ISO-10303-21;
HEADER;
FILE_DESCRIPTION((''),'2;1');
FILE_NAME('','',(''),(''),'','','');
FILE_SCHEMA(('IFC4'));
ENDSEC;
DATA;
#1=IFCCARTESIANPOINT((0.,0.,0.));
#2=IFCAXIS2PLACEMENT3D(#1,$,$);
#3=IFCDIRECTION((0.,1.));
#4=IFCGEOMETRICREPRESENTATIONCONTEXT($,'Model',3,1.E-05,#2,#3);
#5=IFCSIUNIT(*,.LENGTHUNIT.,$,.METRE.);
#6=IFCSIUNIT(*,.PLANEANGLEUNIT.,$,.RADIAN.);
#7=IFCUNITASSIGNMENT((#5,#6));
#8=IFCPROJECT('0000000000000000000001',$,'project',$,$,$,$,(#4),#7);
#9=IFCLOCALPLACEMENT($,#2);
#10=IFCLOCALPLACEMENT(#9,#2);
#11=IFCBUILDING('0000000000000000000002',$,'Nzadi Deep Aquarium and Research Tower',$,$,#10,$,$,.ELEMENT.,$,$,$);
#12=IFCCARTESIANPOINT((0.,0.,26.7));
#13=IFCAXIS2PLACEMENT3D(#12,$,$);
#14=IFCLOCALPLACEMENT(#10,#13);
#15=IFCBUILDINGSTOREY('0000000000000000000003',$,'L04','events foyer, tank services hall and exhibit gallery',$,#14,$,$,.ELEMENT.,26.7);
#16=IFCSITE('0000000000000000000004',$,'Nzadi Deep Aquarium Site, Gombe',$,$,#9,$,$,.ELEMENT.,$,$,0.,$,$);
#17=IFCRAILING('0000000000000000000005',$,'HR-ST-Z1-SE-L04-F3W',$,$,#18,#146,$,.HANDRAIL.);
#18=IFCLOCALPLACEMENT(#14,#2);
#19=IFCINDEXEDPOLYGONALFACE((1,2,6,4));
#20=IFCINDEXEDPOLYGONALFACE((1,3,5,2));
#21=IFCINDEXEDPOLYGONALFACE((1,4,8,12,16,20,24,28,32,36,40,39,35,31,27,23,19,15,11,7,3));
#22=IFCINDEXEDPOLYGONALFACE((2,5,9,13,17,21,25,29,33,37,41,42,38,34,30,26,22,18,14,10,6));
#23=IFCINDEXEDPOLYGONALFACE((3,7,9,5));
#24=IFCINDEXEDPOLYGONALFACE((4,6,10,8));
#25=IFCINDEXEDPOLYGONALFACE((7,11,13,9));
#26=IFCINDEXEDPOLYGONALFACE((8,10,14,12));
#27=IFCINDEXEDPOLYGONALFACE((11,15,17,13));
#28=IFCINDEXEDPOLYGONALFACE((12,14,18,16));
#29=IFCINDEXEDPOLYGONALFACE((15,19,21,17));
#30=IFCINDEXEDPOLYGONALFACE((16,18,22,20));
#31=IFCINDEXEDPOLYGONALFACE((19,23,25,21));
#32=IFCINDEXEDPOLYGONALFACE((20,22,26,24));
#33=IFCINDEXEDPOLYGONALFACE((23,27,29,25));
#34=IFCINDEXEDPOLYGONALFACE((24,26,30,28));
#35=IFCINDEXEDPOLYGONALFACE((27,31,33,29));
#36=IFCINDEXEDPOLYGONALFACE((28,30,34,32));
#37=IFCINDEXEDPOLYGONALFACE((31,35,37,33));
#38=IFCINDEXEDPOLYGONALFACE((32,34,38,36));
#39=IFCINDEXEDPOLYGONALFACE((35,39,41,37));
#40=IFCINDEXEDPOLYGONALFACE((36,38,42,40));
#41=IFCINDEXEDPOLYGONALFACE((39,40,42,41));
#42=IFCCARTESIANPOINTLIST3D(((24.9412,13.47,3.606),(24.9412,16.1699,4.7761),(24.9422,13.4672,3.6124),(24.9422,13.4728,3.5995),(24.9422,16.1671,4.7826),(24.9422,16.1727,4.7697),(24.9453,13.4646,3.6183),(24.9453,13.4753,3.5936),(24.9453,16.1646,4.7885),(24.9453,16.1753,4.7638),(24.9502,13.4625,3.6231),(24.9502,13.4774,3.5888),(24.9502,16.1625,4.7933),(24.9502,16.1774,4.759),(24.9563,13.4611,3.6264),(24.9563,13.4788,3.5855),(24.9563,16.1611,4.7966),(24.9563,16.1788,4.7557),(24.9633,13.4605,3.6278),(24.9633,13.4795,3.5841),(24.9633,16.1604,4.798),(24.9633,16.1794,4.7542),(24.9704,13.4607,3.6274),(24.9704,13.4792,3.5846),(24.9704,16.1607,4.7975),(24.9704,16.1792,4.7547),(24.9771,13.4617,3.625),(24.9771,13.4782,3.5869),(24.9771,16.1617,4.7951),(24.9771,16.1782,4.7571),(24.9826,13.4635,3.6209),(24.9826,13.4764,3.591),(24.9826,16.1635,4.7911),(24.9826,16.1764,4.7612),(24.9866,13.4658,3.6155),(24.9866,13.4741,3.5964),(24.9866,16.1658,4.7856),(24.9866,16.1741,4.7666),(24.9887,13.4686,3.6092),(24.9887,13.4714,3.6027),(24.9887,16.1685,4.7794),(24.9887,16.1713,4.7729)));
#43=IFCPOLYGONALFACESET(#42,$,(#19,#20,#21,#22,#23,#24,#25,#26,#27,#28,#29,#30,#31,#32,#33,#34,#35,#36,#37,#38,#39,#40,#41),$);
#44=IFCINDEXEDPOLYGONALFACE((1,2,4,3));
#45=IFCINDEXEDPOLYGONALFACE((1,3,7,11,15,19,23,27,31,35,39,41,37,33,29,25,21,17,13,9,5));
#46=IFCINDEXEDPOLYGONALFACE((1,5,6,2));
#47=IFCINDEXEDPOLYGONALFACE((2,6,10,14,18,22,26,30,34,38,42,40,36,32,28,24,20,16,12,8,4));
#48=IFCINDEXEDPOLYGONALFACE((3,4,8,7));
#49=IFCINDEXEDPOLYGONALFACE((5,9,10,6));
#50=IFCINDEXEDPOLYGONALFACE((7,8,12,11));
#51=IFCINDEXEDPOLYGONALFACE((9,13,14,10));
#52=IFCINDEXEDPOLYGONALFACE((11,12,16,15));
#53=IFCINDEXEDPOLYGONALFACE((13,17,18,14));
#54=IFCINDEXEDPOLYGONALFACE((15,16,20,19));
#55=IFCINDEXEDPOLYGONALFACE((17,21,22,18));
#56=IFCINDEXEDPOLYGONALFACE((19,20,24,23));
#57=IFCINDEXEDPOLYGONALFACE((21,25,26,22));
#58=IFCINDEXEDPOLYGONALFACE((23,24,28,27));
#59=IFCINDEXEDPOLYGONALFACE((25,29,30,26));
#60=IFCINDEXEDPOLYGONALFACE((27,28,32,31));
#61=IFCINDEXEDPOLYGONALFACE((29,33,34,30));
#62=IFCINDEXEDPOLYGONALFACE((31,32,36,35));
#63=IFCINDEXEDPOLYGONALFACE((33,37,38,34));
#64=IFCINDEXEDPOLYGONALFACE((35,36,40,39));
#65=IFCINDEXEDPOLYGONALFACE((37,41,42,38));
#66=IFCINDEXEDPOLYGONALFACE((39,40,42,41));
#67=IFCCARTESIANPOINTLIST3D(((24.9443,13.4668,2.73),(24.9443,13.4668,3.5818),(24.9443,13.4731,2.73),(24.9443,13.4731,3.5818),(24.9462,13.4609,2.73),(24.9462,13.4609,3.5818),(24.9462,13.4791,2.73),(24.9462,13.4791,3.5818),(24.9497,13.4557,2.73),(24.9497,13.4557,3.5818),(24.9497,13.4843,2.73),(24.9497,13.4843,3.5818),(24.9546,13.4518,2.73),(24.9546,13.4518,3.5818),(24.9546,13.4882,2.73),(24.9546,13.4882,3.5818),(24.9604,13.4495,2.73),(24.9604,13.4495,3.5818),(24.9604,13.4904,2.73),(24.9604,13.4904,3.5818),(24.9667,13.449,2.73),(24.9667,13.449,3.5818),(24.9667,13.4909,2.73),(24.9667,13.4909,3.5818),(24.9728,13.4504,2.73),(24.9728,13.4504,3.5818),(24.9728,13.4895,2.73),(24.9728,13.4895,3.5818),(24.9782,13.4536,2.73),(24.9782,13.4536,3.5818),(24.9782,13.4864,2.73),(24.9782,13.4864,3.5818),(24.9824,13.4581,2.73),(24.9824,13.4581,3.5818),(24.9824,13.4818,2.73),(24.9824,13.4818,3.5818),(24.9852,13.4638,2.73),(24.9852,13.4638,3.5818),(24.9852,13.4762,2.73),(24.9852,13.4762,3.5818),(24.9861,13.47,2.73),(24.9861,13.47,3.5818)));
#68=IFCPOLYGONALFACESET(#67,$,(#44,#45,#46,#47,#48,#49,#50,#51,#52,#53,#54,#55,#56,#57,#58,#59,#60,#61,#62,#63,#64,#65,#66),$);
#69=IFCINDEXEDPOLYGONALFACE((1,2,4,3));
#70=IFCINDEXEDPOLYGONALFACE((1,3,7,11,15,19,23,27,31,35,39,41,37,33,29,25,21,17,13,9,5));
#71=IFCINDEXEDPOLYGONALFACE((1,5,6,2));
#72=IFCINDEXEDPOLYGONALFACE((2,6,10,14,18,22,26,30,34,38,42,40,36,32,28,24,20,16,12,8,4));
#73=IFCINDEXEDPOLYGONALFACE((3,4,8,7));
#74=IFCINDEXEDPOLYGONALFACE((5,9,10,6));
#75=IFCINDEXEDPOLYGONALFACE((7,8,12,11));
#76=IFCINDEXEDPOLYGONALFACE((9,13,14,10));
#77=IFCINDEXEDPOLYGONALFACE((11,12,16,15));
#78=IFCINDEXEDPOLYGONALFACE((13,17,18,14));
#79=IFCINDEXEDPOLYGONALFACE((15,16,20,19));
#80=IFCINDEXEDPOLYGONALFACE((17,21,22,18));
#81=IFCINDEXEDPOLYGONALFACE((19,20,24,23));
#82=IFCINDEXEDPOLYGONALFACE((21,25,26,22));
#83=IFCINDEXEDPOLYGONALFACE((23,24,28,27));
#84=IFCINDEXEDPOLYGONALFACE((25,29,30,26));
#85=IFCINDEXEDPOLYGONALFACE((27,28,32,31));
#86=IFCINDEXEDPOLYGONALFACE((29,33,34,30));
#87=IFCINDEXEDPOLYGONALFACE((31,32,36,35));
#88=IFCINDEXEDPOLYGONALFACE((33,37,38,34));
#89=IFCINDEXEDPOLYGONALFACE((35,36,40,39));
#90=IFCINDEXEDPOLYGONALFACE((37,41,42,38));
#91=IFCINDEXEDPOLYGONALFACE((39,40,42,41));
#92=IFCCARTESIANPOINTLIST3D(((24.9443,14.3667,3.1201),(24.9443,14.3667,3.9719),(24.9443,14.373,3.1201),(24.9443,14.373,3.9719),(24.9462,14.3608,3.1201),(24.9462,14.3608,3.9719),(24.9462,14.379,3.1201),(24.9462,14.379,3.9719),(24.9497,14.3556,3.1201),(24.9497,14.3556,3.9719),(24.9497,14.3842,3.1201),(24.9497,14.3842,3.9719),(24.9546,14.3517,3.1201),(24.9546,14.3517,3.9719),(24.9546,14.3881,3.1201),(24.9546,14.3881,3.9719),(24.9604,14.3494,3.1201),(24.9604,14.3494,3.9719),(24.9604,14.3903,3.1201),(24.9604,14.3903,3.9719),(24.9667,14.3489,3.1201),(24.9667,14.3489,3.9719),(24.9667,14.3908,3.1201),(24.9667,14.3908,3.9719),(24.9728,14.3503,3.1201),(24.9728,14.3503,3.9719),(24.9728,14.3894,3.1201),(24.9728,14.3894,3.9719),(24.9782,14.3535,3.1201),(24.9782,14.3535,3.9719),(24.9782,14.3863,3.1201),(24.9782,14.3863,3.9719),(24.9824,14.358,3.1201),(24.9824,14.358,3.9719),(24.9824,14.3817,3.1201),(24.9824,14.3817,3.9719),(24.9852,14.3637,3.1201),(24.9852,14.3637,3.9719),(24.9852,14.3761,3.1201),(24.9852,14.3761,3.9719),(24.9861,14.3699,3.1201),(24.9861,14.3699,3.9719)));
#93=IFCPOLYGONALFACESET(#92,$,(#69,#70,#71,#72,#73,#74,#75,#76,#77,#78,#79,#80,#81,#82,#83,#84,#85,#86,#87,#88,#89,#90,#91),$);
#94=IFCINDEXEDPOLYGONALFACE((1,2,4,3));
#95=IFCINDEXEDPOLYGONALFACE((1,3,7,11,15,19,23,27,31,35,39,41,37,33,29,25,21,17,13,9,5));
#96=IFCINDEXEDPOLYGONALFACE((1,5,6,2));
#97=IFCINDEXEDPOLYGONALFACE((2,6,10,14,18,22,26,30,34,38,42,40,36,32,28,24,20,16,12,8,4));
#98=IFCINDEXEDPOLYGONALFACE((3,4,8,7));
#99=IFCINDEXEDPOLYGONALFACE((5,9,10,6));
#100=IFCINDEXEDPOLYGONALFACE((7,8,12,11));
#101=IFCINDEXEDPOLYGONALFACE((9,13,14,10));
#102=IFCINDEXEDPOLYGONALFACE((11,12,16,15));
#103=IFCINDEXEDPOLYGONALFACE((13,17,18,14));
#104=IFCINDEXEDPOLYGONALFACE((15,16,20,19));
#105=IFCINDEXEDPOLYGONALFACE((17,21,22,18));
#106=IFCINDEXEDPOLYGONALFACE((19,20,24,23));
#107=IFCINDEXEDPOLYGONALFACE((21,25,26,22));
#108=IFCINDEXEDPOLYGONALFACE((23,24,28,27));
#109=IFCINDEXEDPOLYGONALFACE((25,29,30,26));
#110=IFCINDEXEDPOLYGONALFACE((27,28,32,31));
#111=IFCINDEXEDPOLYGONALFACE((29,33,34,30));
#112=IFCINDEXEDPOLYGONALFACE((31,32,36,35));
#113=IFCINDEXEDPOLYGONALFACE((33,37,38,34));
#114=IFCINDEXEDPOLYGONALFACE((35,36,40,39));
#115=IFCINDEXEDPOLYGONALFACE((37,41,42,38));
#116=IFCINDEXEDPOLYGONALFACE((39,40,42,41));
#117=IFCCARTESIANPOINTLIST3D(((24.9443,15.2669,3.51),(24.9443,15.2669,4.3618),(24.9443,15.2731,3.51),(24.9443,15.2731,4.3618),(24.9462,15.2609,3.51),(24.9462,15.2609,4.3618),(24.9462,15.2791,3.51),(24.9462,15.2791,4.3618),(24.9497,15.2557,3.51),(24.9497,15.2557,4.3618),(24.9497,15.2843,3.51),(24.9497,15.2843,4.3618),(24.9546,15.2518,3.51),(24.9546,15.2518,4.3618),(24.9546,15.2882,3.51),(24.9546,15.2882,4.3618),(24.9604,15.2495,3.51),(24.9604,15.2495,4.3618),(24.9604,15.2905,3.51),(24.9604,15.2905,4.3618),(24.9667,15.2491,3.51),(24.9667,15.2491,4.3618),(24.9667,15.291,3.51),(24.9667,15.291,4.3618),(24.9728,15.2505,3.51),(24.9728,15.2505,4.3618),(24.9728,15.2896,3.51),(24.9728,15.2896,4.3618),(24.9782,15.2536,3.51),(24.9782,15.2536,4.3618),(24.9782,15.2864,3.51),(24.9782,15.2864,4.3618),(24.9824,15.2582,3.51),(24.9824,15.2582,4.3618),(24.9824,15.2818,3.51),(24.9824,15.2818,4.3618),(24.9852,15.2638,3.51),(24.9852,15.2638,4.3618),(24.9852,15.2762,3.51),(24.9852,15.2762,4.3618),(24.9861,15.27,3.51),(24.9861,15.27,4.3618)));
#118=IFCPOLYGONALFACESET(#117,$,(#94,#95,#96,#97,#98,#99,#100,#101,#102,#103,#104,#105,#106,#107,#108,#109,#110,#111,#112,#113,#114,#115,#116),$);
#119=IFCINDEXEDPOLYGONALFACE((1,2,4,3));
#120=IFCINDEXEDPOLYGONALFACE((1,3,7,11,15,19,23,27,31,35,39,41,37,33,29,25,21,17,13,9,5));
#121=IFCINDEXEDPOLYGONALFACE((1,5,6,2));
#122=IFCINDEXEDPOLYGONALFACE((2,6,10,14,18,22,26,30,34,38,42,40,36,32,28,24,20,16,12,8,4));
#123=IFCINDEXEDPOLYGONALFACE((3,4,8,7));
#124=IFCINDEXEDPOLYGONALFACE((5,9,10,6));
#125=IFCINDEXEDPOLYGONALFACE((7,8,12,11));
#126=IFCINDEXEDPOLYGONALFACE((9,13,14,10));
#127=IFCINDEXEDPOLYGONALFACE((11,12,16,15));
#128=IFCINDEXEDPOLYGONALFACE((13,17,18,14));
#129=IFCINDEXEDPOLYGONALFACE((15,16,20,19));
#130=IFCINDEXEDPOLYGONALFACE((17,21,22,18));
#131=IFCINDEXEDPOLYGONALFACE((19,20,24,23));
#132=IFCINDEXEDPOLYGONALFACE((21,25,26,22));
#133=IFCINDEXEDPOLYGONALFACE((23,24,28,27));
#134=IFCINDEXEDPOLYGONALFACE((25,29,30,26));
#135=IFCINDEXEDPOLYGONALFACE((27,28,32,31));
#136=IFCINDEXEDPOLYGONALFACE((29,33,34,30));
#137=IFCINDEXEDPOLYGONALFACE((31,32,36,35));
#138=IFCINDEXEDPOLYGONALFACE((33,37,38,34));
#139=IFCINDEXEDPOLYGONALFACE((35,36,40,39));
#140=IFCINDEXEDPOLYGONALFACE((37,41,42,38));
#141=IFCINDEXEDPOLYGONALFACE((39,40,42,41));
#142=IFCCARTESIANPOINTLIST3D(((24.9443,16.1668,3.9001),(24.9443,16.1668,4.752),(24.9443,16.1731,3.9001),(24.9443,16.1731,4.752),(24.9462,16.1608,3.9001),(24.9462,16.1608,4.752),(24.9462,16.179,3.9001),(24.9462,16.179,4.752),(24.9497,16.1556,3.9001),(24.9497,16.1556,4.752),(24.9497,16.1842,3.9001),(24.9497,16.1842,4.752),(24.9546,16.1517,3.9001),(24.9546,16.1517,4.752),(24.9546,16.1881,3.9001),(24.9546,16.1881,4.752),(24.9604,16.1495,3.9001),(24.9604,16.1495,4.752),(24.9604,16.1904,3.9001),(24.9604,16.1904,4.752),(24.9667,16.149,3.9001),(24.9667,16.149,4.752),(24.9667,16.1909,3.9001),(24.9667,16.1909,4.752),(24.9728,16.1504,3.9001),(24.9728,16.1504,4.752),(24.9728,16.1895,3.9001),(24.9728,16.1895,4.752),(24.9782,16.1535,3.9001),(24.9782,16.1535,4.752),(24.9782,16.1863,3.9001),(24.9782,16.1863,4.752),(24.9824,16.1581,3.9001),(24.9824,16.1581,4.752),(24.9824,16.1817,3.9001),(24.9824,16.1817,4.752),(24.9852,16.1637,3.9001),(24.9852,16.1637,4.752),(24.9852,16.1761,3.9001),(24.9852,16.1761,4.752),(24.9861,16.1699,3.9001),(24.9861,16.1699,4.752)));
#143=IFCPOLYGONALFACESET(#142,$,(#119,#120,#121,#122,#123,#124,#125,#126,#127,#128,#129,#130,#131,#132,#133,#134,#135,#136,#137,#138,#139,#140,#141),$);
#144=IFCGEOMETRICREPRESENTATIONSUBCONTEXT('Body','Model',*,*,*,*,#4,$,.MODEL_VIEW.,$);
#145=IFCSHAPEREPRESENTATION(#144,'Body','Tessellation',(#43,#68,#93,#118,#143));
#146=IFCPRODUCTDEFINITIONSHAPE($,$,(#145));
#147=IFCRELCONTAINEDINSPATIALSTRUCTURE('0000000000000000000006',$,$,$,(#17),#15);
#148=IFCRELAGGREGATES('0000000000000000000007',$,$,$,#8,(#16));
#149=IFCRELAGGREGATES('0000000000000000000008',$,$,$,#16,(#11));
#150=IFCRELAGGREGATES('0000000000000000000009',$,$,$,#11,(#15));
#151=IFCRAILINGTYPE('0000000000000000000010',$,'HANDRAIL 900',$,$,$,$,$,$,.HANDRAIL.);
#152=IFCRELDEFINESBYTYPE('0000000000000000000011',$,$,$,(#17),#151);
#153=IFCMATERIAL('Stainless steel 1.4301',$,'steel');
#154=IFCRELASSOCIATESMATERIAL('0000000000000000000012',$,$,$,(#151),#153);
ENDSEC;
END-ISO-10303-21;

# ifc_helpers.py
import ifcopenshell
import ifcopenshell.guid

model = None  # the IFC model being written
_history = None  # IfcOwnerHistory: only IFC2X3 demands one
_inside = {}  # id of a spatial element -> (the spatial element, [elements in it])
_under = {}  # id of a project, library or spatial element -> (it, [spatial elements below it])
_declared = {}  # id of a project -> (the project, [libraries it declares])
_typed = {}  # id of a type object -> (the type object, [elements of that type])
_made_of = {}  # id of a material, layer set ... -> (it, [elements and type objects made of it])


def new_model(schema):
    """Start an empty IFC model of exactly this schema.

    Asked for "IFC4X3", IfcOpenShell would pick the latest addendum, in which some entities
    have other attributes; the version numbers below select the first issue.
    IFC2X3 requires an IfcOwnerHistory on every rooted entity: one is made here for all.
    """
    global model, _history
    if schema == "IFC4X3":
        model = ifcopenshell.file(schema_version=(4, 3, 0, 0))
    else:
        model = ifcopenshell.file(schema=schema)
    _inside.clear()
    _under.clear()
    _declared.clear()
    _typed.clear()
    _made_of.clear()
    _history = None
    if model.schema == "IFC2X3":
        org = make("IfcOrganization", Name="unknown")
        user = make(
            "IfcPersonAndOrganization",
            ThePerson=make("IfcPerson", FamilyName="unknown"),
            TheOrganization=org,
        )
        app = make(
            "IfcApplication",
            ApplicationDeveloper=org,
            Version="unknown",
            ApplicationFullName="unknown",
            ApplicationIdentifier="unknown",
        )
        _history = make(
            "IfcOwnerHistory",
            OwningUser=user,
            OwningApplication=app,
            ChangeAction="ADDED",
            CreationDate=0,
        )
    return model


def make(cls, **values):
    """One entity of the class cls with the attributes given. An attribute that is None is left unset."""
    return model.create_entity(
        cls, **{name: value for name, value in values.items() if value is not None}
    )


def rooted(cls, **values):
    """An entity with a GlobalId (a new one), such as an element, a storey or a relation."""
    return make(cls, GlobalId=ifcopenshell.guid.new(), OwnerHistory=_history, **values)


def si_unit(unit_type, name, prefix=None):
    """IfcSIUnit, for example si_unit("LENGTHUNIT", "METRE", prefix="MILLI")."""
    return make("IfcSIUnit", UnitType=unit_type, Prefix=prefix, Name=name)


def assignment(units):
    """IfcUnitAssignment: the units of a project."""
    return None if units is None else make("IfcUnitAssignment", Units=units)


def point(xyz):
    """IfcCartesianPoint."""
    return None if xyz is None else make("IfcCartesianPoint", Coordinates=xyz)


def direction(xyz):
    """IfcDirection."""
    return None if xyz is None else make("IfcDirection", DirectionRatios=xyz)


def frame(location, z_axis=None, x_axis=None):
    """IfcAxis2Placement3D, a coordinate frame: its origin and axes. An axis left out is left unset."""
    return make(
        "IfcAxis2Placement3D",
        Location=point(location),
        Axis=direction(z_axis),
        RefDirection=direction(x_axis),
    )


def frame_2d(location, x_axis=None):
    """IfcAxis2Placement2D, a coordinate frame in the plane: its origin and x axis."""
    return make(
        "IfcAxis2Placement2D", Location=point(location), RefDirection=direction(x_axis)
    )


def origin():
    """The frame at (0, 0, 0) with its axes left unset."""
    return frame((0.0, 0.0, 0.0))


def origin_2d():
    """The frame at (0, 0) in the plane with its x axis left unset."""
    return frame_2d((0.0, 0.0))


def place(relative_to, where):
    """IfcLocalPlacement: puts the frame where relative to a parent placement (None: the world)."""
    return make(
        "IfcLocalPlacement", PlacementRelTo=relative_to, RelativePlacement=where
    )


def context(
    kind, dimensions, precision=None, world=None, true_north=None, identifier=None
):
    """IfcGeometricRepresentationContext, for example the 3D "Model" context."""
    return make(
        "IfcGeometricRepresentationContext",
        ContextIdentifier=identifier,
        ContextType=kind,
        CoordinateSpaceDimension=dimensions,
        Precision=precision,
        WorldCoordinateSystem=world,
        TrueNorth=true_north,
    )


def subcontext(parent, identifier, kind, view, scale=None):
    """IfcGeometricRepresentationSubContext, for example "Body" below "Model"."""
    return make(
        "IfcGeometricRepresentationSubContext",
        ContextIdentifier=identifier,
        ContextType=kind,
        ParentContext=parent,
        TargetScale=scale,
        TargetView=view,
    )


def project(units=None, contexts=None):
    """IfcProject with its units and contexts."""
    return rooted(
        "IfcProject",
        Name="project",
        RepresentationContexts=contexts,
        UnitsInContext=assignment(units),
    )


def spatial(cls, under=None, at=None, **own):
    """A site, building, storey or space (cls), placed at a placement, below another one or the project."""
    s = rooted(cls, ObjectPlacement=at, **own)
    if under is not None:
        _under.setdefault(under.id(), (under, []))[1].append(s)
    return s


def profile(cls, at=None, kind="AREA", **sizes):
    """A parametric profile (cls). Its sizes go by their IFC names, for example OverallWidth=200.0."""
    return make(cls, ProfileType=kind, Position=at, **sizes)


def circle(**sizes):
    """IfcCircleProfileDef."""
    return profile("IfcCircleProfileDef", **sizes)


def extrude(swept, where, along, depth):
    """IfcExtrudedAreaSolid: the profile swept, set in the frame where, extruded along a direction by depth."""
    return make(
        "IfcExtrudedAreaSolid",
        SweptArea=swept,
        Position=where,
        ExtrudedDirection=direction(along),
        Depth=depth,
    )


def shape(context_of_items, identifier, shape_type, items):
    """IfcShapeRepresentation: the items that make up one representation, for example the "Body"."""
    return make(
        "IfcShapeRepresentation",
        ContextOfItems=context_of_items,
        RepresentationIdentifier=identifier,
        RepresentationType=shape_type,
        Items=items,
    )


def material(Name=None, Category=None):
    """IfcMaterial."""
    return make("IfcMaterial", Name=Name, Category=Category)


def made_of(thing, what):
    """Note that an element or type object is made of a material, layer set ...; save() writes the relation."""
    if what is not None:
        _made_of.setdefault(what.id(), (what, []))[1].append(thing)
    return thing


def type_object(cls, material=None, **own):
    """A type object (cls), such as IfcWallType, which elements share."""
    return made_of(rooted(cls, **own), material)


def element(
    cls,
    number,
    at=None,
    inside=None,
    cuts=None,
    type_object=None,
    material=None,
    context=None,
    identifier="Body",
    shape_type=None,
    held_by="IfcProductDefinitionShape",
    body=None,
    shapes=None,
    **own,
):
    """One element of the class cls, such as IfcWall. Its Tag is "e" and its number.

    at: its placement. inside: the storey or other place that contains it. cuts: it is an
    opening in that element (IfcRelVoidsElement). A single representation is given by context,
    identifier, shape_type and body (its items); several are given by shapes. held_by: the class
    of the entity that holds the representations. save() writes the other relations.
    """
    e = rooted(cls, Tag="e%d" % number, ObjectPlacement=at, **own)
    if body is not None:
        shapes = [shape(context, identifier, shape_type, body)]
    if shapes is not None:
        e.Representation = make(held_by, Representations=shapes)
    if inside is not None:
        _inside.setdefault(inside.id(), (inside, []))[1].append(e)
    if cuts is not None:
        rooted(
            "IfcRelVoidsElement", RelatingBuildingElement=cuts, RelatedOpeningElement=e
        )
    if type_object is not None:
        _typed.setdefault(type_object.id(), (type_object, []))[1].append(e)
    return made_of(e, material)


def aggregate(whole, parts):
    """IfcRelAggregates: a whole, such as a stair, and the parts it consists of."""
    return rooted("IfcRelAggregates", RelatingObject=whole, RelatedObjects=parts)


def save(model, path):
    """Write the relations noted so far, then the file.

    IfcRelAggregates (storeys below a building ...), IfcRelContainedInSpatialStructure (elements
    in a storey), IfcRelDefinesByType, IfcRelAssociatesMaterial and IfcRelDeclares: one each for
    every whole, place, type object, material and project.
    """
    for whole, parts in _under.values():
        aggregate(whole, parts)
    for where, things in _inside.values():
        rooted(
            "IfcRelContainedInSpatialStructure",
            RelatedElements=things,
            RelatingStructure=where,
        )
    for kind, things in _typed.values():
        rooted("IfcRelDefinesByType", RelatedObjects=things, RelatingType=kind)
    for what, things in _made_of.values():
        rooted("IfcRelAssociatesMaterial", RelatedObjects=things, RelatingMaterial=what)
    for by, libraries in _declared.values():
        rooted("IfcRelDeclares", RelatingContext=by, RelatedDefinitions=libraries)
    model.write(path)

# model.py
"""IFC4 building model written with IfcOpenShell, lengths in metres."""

from ifc_helpers import new_model, si_unit, direction, frame, origin, origin_2d, place, context, subcontext, project, spatial, circle, extrude, material, type_object, element, save


model = new_model("IFC4")

# Units and contexts
model_context = context("Model", 3, precision=1e-05, world=origin(), true_north=direction((0.0, 1.0)))
body_context = subcontext(model_context, "Body", "Model", "MODEL_VIEW")
ifc_project = project(units=[si_unit("LENGTHUNIT", "METRE"), si_unit("PLANEANGLEUNIT", "RADIAN")], contexts=[model_context])

# Site, building, storey
site_placement = place(None, origin())
site = spatial("IfcSite", under=ifc_project, at=site_placement, Name="Nzadi Deep Aquarium Site, Gombe", CompositionType="ELEMENT", RefElevation=0.0)
building_placement = place(site_placement, origin())
building = spatial("IfcBuilding", under=site, at=building_placement, Name="Nzadi Deep Aquarium and Research Tower", CompositionType="ELEMENT")
storey_placement = place(building_placement, frame((0.0, 0.0, 26.7)))
storey = spatial("IfcBuildingStorey", under=building, at=storey_placement, Name="L04", Description="events foyer, tank services hall and exhibit gallery", CompositionType="ELEMENT", Elevation=26.7)

# Railing
ifc_material_1 = material(Name="Stainless steel 1.4301", Category="steel")
railing_type = type_object("IfcRailingType", Name="HANDRAIL 900", PredefinedType="HANDRAIL", material=ifc_material_1)
for number, where, name in (
    (1, (24.9651, 13.47, 2.73), "HR-ST-Z1-SE-L04-F3W"),
):
    element("IfcRailing", number, at=place(storey_placement, frame(where)), inside=storey, type_object=railing_type, Name=name, PredefinedType="HANDRAIL", context=body_context, shape_type="SweptSolid", body=[
        extrude(circle(Radius=0.0239, at=origin_2d()), frame((0.0, 0.0, 0.876), z_axis=(0.0, 0.917532, 0.397661), x_axis=(-1.0, 0.0, 0.0)), (0.0, 0.0, 1.0), 2.9426),
        extrude(circle(Radius=0.021, at=origin_2d()), origin(), (0.0, 0.0, 1.0), 0.8518),
        extrude(circle(Radius=0.021, at=origin_2d()), frame((0.0, 0.8999, 0.3901)), (0.0, 0.0, 1.0), 0.8518),
        extrude(circle(Radius=0.021, at=origin_2d()), frame((0.0, 1.8, 0.78)), (0.0, 0.0, 1.0), 0.8518),
        extrude(circle(Radius=0.021, at=origin_2d()), frame((0.0, 2.7, 1.1702)), (0.0, 0.0, 1.0), 0.8518),
    ])

save(model, "model.ifc")
